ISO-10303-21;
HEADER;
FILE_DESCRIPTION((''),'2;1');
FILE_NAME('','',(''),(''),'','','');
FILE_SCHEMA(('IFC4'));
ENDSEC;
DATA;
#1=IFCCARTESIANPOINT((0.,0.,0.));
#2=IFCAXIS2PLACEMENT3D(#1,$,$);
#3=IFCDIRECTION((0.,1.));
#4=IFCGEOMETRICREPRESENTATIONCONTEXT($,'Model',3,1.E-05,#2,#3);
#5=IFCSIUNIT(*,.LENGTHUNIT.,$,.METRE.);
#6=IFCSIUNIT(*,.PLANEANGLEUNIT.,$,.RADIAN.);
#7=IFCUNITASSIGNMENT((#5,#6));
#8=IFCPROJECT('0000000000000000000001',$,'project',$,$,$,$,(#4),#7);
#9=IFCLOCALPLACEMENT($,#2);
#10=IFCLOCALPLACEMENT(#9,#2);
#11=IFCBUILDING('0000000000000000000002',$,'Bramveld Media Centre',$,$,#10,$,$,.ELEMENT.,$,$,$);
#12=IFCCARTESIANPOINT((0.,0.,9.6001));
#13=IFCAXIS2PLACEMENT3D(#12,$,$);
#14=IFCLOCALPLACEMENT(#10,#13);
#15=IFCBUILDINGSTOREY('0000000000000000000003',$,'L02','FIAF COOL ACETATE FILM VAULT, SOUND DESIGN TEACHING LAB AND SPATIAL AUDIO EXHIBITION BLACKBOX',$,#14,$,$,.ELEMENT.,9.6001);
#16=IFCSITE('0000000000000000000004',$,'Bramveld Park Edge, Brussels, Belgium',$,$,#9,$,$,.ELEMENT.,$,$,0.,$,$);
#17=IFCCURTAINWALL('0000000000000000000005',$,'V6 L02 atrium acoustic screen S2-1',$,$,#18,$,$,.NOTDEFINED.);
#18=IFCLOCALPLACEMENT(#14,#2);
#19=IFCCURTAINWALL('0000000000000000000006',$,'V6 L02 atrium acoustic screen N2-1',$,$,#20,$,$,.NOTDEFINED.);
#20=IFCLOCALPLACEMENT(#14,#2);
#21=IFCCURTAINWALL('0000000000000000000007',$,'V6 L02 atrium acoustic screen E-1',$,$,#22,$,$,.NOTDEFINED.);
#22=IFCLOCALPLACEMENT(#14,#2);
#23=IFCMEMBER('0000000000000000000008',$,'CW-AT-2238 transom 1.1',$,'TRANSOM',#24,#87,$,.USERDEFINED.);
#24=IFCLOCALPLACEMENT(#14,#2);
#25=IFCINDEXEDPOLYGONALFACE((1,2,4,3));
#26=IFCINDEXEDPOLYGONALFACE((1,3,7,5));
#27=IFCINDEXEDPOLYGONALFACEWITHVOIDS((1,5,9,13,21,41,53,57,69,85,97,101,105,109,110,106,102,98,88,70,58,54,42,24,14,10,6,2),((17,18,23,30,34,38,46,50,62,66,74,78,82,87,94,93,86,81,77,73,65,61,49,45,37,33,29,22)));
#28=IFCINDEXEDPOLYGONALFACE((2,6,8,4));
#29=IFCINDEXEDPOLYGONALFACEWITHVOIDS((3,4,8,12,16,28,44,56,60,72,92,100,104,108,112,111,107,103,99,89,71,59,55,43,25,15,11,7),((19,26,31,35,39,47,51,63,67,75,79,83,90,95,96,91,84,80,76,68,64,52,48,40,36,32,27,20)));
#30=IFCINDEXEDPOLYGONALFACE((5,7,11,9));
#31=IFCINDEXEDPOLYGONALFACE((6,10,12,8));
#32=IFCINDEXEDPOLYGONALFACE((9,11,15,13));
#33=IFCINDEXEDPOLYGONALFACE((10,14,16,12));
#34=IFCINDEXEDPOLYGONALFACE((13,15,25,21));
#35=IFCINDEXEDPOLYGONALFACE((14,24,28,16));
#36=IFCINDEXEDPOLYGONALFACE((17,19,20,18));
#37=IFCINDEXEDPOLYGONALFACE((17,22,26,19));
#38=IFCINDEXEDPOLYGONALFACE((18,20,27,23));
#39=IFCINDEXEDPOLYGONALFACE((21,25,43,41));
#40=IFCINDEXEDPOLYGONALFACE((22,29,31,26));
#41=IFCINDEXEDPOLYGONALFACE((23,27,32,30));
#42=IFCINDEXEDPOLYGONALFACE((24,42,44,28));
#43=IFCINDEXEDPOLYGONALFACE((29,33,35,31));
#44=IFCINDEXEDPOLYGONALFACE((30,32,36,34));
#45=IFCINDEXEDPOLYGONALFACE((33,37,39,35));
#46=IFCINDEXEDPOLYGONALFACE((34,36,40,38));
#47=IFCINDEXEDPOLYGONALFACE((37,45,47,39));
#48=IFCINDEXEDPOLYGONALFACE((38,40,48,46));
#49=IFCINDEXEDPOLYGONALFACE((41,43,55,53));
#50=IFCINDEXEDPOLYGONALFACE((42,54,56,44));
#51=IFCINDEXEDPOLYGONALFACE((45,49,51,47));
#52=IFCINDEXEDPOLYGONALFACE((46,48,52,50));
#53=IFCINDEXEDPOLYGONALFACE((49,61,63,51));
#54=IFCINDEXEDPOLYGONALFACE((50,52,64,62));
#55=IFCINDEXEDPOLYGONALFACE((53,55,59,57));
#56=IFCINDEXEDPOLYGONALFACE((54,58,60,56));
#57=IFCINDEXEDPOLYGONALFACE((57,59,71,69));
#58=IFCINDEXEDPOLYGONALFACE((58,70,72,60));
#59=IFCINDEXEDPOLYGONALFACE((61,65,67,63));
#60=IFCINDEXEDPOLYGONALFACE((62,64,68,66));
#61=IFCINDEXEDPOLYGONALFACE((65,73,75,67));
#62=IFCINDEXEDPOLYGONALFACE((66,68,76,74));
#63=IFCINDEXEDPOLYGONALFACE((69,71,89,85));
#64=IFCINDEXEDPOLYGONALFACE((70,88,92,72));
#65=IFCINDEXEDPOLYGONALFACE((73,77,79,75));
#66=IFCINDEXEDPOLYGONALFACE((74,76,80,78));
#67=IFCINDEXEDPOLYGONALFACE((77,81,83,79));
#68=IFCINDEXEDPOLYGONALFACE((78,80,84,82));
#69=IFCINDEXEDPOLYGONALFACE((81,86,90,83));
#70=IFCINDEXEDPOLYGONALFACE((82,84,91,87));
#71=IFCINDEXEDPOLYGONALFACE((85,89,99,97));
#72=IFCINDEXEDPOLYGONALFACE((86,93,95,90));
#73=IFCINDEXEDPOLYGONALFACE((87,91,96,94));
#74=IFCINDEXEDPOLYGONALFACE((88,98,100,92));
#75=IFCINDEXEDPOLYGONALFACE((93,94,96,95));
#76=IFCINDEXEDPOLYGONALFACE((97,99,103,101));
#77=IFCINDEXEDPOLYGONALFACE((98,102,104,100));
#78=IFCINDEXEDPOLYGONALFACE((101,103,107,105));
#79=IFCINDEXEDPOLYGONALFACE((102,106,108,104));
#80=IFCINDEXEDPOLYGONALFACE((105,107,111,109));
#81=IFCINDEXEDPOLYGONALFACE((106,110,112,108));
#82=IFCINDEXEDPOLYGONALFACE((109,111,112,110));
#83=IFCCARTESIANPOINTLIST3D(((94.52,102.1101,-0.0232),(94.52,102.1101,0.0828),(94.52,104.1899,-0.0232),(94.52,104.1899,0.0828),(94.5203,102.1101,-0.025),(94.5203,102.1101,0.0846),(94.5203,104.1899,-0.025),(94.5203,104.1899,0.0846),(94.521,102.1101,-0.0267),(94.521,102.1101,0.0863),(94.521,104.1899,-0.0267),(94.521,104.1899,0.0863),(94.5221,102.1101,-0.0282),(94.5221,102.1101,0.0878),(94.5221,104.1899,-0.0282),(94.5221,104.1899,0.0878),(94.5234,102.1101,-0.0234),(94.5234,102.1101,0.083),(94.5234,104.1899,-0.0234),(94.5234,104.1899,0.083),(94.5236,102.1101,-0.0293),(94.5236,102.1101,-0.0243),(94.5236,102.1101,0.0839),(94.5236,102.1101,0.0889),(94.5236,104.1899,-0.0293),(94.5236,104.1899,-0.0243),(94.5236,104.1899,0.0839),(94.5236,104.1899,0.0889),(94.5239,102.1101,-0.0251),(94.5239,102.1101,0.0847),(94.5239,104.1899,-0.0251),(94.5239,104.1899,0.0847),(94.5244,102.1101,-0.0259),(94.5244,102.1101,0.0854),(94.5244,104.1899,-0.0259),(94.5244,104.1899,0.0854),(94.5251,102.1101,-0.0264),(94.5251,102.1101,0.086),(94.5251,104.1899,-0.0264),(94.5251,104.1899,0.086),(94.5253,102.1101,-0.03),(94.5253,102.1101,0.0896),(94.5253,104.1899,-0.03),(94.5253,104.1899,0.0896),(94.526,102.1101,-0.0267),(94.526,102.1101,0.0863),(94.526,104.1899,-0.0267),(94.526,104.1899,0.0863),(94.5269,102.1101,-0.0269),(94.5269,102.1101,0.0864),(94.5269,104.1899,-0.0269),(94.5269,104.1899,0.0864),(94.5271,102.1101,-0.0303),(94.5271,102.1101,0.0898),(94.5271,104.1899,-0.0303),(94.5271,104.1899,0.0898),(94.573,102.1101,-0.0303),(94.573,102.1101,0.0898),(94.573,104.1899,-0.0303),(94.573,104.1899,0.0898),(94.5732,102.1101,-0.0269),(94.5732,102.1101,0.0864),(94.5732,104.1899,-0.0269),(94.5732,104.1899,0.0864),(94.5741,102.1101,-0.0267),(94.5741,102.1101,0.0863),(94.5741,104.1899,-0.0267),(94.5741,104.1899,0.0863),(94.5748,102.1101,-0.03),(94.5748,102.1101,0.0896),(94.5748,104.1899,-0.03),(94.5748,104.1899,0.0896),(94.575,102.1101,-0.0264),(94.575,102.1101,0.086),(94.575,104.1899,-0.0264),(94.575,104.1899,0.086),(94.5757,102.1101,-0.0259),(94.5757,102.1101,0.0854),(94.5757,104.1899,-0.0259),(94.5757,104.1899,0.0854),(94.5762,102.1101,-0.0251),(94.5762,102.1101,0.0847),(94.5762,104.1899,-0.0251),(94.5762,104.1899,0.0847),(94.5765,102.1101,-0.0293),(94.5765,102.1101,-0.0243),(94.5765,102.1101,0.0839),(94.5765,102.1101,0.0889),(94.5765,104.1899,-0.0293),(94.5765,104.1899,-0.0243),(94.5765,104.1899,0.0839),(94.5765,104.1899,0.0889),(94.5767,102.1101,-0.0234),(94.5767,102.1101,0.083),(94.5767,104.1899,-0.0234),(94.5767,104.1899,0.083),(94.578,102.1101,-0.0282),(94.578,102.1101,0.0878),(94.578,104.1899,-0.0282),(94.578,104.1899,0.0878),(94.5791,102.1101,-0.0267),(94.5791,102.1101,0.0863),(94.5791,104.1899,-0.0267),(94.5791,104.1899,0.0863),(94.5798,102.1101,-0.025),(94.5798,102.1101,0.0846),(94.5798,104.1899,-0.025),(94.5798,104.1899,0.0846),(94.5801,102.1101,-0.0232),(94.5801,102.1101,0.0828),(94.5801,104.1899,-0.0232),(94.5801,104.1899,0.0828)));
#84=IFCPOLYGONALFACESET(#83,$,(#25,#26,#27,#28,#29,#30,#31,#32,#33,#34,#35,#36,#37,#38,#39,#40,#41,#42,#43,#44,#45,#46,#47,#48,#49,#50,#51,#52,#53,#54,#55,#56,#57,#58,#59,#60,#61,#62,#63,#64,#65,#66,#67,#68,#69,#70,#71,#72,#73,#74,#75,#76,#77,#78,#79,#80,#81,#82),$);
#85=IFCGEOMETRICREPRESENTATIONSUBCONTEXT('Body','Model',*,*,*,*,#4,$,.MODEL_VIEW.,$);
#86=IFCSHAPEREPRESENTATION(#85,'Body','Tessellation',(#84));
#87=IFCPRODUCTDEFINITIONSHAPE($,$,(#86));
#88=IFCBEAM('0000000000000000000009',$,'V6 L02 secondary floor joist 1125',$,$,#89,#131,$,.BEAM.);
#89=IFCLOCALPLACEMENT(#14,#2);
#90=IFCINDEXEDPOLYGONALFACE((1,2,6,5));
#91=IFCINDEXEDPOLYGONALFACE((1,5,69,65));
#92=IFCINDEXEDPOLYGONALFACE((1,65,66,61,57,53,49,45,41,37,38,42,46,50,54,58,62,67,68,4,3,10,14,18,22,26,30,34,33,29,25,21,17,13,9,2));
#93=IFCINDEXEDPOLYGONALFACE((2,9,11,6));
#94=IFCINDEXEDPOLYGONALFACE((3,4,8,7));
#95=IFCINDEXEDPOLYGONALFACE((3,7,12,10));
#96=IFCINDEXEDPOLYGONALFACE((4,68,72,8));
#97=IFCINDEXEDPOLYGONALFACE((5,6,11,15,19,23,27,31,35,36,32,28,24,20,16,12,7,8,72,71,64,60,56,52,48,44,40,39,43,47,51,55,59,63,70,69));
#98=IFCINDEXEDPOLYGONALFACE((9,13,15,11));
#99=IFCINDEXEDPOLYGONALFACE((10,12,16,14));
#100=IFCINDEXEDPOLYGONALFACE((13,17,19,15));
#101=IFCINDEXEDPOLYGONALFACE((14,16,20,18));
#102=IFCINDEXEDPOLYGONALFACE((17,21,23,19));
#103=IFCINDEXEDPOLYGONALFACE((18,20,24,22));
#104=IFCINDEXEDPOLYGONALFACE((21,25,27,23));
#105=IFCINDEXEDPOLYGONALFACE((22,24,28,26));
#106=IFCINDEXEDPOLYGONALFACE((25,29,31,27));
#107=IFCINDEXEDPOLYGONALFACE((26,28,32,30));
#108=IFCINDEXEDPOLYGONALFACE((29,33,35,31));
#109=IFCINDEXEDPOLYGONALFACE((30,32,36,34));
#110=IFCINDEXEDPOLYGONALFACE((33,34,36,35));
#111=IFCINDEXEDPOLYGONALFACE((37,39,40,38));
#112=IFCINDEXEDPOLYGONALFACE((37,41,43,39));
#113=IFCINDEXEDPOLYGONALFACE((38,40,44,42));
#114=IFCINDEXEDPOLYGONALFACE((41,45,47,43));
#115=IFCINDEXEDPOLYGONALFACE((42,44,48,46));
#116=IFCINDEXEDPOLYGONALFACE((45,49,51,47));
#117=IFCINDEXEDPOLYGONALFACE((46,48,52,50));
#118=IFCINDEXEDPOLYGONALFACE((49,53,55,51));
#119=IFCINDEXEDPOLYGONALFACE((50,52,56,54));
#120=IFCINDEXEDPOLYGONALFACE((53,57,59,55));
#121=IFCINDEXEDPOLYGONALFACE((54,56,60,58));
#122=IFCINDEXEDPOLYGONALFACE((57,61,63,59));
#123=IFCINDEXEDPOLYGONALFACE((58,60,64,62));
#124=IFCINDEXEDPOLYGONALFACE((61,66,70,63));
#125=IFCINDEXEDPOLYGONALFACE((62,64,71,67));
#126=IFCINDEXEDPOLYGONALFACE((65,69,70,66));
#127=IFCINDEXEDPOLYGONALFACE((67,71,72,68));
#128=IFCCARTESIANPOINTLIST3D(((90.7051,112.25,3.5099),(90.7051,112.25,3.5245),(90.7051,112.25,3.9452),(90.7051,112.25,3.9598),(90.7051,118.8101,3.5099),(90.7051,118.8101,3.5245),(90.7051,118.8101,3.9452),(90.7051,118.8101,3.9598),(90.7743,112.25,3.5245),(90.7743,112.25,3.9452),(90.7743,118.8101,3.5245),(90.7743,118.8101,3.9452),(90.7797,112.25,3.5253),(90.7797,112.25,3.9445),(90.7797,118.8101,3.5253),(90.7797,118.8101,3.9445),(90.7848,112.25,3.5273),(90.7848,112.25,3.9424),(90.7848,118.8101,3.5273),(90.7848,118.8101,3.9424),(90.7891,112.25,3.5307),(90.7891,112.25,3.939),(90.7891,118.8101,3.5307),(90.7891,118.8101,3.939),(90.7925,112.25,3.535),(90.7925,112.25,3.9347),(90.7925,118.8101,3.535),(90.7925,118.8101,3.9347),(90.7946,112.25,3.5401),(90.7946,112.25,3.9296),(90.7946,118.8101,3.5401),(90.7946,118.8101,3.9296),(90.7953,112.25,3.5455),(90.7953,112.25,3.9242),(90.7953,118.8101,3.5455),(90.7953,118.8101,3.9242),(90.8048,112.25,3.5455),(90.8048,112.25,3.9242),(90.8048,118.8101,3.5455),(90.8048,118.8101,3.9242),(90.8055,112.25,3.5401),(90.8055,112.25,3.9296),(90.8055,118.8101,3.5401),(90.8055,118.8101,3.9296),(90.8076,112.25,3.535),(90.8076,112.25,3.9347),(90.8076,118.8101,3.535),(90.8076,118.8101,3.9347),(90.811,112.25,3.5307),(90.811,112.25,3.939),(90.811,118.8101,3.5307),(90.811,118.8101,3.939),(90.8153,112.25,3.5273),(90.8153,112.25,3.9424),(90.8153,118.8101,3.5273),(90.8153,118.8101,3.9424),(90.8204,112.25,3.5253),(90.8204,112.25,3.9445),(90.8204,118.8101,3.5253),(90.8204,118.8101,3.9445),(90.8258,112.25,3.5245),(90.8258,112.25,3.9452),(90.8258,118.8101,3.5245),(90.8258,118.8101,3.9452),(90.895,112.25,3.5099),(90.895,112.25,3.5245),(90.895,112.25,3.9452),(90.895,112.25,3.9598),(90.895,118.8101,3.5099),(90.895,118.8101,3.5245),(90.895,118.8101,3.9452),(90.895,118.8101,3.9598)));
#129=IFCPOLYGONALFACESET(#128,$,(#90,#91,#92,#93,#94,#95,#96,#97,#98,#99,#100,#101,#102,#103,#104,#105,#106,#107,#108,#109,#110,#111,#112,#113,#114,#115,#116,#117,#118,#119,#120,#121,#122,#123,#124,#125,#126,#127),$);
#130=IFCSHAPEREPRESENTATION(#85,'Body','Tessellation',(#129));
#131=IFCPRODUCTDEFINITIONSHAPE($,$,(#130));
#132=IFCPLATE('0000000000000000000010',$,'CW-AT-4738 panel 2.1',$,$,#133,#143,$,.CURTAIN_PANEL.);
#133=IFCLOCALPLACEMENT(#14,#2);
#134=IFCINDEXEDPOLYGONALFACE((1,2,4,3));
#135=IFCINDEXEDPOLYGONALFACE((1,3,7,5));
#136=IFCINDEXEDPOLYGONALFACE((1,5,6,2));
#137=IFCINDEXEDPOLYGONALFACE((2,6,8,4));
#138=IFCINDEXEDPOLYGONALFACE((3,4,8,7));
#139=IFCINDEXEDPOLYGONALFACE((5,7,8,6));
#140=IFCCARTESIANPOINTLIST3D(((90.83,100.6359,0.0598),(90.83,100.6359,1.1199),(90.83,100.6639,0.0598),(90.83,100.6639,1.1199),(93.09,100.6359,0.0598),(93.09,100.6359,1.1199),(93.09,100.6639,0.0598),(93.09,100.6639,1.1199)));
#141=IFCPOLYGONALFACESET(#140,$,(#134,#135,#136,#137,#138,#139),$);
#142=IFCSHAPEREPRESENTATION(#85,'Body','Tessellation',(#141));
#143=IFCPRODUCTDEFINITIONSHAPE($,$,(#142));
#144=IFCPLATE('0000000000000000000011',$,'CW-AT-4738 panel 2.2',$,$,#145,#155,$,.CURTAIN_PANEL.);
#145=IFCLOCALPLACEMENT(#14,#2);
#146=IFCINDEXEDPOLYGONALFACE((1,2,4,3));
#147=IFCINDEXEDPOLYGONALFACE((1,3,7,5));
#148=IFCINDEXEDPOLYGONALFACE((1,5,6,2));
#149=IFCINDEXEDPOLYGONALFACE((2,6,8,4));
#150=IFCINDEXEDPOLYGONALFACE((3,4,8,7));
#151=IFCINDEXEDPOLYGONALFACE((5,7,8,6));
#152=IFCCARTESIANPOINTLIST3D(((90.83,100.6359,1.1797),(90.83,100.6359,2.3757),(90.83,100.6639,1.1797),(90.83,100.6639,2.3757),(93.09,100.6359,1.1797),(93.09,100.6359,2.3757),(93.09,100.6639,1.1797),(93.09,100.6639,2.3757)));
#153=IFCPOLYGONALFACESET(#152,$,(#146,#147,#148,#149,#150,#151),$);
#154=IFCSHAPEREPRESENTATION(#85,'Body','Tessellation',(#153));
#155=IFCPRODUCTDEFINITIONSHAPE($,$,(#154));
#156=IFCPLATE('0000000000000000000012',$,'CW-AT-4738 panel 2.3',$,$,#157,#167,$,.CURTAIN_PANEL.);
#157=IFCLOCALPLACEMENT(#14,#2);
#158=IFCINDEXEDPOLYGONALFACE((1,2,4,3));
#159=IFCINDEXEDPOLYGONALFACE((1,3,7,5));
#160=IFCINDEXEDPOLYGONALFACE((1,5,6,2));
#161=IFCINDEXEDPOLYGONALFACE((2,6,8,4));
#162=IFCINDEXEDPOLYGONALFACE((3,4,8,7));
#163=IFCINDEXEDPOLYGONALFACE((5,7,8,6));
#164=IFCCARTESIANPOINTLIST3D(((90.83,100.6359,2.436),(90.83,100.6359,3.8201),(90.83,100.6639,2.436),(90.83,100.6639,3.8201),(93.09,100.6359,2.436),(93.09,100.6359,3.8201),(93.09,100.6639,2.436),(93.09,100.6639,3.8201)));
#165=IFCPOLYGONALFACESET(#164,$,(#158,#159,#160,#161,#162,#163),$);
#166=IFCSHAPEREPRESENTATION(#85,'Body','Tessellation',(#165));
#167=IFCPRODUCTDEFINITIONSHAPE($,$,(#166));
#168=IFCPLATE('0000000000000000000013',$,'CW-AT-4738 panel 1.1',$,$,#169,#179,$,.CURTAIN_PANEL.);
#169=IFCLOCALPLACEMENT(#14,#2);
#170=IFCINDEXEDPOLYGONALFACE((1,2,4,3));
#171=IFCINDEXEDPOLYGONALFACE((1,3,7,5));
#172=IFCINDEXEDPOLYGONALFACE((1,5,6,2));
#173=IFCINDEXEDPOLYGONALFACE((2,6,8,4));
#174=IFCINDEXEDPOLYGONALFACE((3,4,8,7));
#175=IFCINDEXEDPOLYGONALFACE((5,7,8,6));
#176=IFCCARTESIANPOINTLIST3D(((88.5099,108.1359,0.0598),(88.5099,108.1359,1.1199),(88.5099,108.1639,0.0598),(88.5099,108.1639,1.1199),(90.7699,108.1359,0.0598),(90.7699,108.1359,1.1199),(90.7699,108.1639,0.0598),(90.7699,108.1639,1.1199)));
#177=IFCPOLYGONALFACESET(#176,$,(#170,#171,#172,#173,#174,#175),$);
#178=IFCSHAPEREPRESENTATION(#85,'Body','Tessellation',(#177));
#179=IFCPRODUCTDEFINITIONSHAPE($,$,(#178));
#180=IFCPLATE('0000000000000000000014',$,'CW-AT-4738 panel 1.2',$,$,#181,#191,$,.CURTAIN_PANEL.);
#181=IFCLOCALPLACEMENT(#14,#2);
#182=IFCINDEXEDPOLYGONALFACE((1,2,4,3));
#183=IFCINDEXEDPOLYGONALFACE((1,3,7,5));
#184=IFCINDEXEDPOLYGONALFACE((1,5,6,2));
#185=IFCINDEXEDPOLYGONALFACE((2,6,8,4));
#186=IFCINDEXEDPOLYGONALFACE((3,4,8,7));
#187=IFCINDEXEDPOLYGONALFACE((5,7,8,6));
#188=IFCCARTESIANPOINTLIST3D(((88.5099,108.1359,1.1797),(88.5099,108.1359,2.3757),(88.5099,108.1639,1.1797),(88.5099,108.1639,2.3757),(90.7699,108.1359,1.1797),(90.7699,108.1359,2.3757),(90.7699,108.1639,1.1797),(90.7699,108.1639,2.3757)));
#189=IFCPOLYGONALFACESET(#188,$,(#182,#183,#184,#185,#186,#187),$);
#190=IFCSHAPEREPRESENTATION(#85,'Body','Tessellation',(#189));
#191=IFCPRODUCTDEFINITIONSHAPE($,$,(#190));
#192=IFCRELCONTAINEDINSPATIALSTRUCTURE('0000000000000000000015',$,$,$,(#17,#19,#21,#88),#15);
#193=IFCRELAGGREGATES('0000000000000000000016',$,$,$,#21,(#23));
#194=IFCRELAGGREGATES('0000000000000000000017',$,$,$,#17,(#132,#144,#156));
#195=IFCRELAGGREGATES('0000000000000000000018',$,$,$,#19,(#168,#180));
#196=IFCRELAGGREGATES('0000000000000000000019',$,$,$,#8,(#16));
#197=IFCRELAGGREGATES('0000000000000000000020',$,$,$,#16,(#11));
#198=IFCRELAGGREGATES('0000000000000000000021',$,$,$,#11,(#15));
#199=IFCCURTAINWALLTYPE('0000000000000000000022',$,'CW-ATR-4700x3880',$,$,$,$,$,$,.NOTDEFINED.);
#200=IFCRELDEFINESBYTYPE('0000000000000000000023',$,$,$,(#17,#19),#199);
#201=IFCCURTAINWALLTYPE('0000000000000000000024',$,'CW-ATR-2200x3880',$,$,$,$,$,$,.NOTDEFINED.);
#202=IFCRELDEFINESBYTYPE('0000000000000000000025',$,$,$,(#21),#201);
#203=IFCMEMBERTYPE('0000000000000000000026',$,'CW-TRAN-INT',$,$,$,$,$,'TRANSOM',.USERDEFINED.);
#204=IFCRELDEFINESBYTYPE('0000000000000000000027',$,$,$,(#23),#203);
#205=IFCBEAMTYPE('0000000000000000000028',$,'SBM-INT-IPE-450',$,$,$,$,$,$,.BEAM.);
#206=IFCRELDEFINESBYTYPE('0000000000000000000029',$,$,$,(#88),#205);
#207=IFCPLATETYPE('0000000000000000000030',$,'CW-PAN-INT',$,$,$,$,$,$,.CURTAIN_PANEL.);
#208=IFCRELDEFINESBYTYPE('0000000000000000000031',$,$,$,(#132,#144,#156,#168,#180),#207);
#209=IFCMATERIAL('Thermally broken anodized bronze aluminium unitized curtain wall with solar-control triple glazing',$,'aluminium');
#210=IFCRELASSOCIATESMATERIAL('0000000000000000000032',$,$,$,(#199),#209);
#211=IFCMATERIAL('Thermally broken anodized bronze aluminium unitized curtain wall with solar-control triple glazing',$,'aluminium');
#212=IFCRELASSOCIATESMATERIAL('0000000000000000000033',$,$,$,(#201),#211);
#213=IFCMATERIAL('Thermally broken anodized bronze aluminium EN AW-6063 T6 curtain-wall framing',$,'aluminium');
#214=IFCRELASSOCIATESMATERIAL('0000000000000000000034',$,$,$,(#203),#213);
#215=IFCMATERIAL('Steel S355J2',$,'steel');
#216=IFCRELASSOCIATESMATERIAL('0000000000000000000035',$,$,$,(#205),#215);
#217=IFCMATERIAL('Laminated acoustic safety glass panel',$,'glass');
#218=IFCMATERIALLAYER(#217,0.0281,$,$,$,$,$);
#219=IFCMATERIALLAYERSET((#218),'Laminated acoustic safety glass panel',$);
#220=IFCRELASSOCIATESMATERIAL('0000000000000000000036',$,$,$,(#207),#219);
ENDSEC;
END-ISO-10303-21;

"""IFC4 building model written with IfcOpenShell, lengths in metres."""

from ifc_helpers import new_model, si_unit, direction, frame, origin, origin_2d, place, context, subcontext, project, spatial, rectangle, hollow_rectangle, i_section, extrude, material, layer, layer_set, material_profile, profile_set, type_object, element, aggregate, save


model = new_model("IFC4")

# Units and contexts
model_context = context("Model", 3, precision=1e-05, world=origin(), true_north=direction((0.0, 1.0)))
body_context = subcontext(model_context, "Body", "Model", "MODEL_VIEW")
ifc_project = project(units=[si_unit("LENGTHUNIT", "METRE"), si_unit("PLANEANGLEUNIT", "RADIAN")], contexts=[model_context])

# Site, building, storey
site_placement = place(None, origin())
site = spatial("IfcSite", under=ifc_project, at=site_placement, Name="Bramveld Park Edge, Brussels, Belgium", CompositionType="ELEMENT", RefElevation=0.0)
building_placement = place(site_placement, origin())
building = spatial("IfcBuilding", under=site, at=building_placement, Name="Bramveld Media Centre", CompositionType="ELEMENT")
storey_placement = place(building_placement, frame((0.0, 0.0, 9.6001)))
storey = spatial("IfcBuildingStorey", under=building, at=storey_placement, Name="L02", Description="FIAF COOL ACETATE FILM VAULT, SOUND DESIGN TEACHING LAB AND SPATIAL AUDIO EXHIBITION BLACKBOX", CompositionType="ELEMENT", Elevation=9.6001)

# Curtain wall
ifc_material_1 = material(Name="Thermally broken anodized bronze aluminium unitized curtain wall with solar-control triple glazing", Category="aluminium")
curtain_wall_type_1 = type_object("IfcCurtainWallType", Name="CW-ATR-4700x3880", PredefinedType="NOTDEFINED", material=ifc_material_1)
curtain_wall_1_placement = place(storey_placement, origin())
curtain_wall_1 = element("IfcCurtainWall", 1, at=curtain_wall_1_placement, inside=storey, type_object=curtain_wall_type_1, Name="V6 L02 atrium acoustic screen S2-1", PredefinedType="NOTDEFINED")

# Curtain wall
curtain_wall_2_placement = place(storey_placement, origin())
curtain_wall_2 = element("IfcCurtainWall", 2, at=curtain_wall_2_placement, inside=storey, type_object=curtain_wall_type_1, Name="V6 L02 atrium acoustic screen N2-1", PredefinedType="NOTDEFINED")

# Curtain wall
ifc_material_2 = material(Name="Thermally broken anodized bronze aluminium unitized curtain wall with solar-control triple glazing", Category="aluminium")
curtain_wall_type_2 = type_object("IfcCurtainWallType", Name="CW-ATR-2200x3880", PredefinedType="NOTDEFINED", material=ifc_material_2)
curtain_wall_3_placement = place(storey_placement, origin())
curtain_wall_3 = element("IfcCurtainWall", 3, at=curtain_wall_3_placement, inside=storey, type_object=curtain_wall_type_2, Name="V6 L02 atrium acoustic screen E-1", PredefinedType="NOTDEFINED")

# Member
ifc_material_3 = material(Name="Thermally broken anodized bronze aluminium EN AW-6063 T6 curtain-wall framing", Category="aluminium")
ifc_material_profile_1 = material_profile(ifc_material_3, hollow_rectangle(XDim=0.0601, YDim=0.1201, WallThickness=0.0034, InnerFilletRadius=0.0034, OuterFilletRadius=0.0071, at=origin_2d()), Name="AL-TRAN 60x120")
ifc_profile_set_1 = profile_set([ifc_material_profile_1], Name="Thermally broken anodized bronze aluminium EN AW-6063 T6 curtain-wall framing")
member_type_1 = type_object("IfcMemberType", Name="CW-TRAN-INT", ElementType="TRANSOM", PredefinedType="USERDEFINED", material=ifc_profile_set_1)
member_1_placement = place(storey_placement, frame((94.55, 102.1101, 0.0298), z_axis=(0.0, 1.0, 0.0), x_axis=(-1.0, 0.0, 0.0)))
member_1 = element("IfcMember", 4, at=member_1_placement, type_object=member_type_1, Name="CW-AT-2238 transom 1.1", ObjectType="TRANSOM", PredefinedType="USERDEFINED", context=body_context, shape_type="SweptSolid", body=[
    extrude(hollow_rectangle(XDim=0.0601, YDim=0.1201, WallThickness=0.0034, InnerFilletRadius=0.0034, OuterFilletRadius=0.0071, at=origin_2d()), origin(), (0.0, 0.0, 1.0), 2.0798),
])
aggregate(curtain_wall_3, [member_1])

# Beam
ifc_material_4 = material(Name="Steel S355J2", Category="steel")
ifc_material_profile_2 = material_profile(ifc_material_4, i_section(OverallWidth=0.1899, OverallDepth=0.45, WebThickness=0.0095, FlangeThickness=0.0146, FilletRadius=0.021, at=origin_2d()), Name="IPE 450")
ifc_profile_set_2 = profile_set([ifc_material_profile_2], Name="Steel S355J2")
beam_type_1 = type_object("IfcBeamType", Name="SBM-INT-IPE-450", PredefinedType="BEAM", material=ifc_profile_set_2)
beam_1_placement = place(storey_placement, frame((90.8, 112.25, 3.7349), z_axis=(0.0, 1.0, 0.0), x_axis=(-1.0, 0.0, 0.0)))
element("IfcBeam", 5, at=beam_1_placement, inside=storey, type_object=beam_type_1, Name="V6 L02 secondary floor joist 1125", PredefinedType="BEAM", context=body_context, shape_type="SweptSolid", body=[
    extrude(i_section(OverallWidth=0.1899, OverallDepth=0.45, WebThickness=0.0095, FlangeThickness=0.0146, FilletRadius=0.021, at=origin_2d()), origin(), (0.0, 0.0, 1.0), 6.5601),
])

# Plates
ifc_material_5 = material(Name="Laminated acoustic safety glass panel", Category="glass")
ifc_layer_1 = layer(ifc_material_5, 0.0281)
ifc_layer_set_1 = layer_set([ifc_layer_1], Name="Laminated acoustic safety glass panel")
plate_type = type_object("IfcPlateType", Name="CW-PAN-INT", PredefinedType="CURTAIN_PANEL", material=ifc_layer_set_1)
plate_1_placement = place(storey_placement, frame((91.96, 100.6499, 0.0598), z_axis=(0.0, 0.0, 1.0), x_axis=(1.0, 0.0, 0.0)))
plate_1 = element("IfcPlate", 6, at=plate_1_placement, type_object=plate_type, Name="CW-AT-4738 panel 2.1", PredefinedType="CURTAIN_PANEL", context=body_context, shape_type="SweptSolid", body=[
    extrude(rectangle(XDim=2.26, YDim=0.0281, at=origin_2d()), origin(), (0.0, 0.0, 1.0), 1.0601),
])
plate_2_placement = place(storey_placement, frame((91.96, 100.6499, 1.1797), z_axis=(0.0, 0.0, 1.0), x_axis=(1.0, 0.0, 0.0)))
plate_2 = element("IfcPlate", 7, at=plate_2_placement, type_object=plate_type, Name="CW-AT-4738 panel 2.2", PredefinedType="CURTAIN_PANEL", context=body_context, shape_type="SweptSolid", body=[
    extrude(rectangle(XDim=2.26, YDim=0.0281, at=origin_2d()), origin(), (0.0, 0.0, 1.0), 1.196),
])
plate_3_placement = place(storey_placement, frame((91.96, 100.6499, 2.436), z_axis=(0.0, 0.0, 1.0), x_axis=(1.0, 0.0, 0.0)))
plate_3 = element("IfcPlate", 8, at=plate_3_placement, type_object=plate_type, Name="CW-AT-4738 panel 2.3", PredefinedType="CURTAIN_PANEL", context=body_context, shape_type="SweptSolid", body=[
    extrude(rectangle(XDim=2.26, YDim=0.0281, at=origin_2d()), origin(), (0.0, 0.0, 1.0), 1.384),
])
aggregate(curtain_wall_1, [plate_1, plate_2, plate_3])
plate_4_placement = place(storey_placement, frame((89.6399, 108.1499, 0.0598), z_axis=(0.0, 0.0, 1.0), x_axis=(1.0, 0.0, 0.0)))
plate_4 = element("IfcPlate", 9, at=plate_4_placement, type_object=plate_type, Name="CW-AT-4738 panel 1.1", PredefinedType="CURTAIN_PANEL", context=body_context, shape_type="SweptSolid", body=[
    extrude(rectangle(XDim=2.26, YDim=0.0281, at=origin_2d()), origin(), (0.0, 0.0, 1.0), 1.0601),
])
plate_5_placement = place(storey_placement, frame((89.6399, 108.1499, 1.1797), z_axis=(0.0, 0.0, 1.0), x_axis=(1.0, 0.0, 0.0)))
plate_5 = element("IfcPlate", 10, at=plate_5_placement, type_object=plate_type, Name="CW-AT-4738 panel 1.2", PredefinedType="CURTAIN_PANEL", context=body_context, shape_type="SweptSolid", body=[
    extrude(rectangle(XDim=2.26, YDim=0.0281, at=origin_2d()), origin(), (0.0, 0.0, 1.0), 1.196),
])
aggregate(curtain_wall_2, [plate_4, plate_5])

save(model, "model.ifc")
